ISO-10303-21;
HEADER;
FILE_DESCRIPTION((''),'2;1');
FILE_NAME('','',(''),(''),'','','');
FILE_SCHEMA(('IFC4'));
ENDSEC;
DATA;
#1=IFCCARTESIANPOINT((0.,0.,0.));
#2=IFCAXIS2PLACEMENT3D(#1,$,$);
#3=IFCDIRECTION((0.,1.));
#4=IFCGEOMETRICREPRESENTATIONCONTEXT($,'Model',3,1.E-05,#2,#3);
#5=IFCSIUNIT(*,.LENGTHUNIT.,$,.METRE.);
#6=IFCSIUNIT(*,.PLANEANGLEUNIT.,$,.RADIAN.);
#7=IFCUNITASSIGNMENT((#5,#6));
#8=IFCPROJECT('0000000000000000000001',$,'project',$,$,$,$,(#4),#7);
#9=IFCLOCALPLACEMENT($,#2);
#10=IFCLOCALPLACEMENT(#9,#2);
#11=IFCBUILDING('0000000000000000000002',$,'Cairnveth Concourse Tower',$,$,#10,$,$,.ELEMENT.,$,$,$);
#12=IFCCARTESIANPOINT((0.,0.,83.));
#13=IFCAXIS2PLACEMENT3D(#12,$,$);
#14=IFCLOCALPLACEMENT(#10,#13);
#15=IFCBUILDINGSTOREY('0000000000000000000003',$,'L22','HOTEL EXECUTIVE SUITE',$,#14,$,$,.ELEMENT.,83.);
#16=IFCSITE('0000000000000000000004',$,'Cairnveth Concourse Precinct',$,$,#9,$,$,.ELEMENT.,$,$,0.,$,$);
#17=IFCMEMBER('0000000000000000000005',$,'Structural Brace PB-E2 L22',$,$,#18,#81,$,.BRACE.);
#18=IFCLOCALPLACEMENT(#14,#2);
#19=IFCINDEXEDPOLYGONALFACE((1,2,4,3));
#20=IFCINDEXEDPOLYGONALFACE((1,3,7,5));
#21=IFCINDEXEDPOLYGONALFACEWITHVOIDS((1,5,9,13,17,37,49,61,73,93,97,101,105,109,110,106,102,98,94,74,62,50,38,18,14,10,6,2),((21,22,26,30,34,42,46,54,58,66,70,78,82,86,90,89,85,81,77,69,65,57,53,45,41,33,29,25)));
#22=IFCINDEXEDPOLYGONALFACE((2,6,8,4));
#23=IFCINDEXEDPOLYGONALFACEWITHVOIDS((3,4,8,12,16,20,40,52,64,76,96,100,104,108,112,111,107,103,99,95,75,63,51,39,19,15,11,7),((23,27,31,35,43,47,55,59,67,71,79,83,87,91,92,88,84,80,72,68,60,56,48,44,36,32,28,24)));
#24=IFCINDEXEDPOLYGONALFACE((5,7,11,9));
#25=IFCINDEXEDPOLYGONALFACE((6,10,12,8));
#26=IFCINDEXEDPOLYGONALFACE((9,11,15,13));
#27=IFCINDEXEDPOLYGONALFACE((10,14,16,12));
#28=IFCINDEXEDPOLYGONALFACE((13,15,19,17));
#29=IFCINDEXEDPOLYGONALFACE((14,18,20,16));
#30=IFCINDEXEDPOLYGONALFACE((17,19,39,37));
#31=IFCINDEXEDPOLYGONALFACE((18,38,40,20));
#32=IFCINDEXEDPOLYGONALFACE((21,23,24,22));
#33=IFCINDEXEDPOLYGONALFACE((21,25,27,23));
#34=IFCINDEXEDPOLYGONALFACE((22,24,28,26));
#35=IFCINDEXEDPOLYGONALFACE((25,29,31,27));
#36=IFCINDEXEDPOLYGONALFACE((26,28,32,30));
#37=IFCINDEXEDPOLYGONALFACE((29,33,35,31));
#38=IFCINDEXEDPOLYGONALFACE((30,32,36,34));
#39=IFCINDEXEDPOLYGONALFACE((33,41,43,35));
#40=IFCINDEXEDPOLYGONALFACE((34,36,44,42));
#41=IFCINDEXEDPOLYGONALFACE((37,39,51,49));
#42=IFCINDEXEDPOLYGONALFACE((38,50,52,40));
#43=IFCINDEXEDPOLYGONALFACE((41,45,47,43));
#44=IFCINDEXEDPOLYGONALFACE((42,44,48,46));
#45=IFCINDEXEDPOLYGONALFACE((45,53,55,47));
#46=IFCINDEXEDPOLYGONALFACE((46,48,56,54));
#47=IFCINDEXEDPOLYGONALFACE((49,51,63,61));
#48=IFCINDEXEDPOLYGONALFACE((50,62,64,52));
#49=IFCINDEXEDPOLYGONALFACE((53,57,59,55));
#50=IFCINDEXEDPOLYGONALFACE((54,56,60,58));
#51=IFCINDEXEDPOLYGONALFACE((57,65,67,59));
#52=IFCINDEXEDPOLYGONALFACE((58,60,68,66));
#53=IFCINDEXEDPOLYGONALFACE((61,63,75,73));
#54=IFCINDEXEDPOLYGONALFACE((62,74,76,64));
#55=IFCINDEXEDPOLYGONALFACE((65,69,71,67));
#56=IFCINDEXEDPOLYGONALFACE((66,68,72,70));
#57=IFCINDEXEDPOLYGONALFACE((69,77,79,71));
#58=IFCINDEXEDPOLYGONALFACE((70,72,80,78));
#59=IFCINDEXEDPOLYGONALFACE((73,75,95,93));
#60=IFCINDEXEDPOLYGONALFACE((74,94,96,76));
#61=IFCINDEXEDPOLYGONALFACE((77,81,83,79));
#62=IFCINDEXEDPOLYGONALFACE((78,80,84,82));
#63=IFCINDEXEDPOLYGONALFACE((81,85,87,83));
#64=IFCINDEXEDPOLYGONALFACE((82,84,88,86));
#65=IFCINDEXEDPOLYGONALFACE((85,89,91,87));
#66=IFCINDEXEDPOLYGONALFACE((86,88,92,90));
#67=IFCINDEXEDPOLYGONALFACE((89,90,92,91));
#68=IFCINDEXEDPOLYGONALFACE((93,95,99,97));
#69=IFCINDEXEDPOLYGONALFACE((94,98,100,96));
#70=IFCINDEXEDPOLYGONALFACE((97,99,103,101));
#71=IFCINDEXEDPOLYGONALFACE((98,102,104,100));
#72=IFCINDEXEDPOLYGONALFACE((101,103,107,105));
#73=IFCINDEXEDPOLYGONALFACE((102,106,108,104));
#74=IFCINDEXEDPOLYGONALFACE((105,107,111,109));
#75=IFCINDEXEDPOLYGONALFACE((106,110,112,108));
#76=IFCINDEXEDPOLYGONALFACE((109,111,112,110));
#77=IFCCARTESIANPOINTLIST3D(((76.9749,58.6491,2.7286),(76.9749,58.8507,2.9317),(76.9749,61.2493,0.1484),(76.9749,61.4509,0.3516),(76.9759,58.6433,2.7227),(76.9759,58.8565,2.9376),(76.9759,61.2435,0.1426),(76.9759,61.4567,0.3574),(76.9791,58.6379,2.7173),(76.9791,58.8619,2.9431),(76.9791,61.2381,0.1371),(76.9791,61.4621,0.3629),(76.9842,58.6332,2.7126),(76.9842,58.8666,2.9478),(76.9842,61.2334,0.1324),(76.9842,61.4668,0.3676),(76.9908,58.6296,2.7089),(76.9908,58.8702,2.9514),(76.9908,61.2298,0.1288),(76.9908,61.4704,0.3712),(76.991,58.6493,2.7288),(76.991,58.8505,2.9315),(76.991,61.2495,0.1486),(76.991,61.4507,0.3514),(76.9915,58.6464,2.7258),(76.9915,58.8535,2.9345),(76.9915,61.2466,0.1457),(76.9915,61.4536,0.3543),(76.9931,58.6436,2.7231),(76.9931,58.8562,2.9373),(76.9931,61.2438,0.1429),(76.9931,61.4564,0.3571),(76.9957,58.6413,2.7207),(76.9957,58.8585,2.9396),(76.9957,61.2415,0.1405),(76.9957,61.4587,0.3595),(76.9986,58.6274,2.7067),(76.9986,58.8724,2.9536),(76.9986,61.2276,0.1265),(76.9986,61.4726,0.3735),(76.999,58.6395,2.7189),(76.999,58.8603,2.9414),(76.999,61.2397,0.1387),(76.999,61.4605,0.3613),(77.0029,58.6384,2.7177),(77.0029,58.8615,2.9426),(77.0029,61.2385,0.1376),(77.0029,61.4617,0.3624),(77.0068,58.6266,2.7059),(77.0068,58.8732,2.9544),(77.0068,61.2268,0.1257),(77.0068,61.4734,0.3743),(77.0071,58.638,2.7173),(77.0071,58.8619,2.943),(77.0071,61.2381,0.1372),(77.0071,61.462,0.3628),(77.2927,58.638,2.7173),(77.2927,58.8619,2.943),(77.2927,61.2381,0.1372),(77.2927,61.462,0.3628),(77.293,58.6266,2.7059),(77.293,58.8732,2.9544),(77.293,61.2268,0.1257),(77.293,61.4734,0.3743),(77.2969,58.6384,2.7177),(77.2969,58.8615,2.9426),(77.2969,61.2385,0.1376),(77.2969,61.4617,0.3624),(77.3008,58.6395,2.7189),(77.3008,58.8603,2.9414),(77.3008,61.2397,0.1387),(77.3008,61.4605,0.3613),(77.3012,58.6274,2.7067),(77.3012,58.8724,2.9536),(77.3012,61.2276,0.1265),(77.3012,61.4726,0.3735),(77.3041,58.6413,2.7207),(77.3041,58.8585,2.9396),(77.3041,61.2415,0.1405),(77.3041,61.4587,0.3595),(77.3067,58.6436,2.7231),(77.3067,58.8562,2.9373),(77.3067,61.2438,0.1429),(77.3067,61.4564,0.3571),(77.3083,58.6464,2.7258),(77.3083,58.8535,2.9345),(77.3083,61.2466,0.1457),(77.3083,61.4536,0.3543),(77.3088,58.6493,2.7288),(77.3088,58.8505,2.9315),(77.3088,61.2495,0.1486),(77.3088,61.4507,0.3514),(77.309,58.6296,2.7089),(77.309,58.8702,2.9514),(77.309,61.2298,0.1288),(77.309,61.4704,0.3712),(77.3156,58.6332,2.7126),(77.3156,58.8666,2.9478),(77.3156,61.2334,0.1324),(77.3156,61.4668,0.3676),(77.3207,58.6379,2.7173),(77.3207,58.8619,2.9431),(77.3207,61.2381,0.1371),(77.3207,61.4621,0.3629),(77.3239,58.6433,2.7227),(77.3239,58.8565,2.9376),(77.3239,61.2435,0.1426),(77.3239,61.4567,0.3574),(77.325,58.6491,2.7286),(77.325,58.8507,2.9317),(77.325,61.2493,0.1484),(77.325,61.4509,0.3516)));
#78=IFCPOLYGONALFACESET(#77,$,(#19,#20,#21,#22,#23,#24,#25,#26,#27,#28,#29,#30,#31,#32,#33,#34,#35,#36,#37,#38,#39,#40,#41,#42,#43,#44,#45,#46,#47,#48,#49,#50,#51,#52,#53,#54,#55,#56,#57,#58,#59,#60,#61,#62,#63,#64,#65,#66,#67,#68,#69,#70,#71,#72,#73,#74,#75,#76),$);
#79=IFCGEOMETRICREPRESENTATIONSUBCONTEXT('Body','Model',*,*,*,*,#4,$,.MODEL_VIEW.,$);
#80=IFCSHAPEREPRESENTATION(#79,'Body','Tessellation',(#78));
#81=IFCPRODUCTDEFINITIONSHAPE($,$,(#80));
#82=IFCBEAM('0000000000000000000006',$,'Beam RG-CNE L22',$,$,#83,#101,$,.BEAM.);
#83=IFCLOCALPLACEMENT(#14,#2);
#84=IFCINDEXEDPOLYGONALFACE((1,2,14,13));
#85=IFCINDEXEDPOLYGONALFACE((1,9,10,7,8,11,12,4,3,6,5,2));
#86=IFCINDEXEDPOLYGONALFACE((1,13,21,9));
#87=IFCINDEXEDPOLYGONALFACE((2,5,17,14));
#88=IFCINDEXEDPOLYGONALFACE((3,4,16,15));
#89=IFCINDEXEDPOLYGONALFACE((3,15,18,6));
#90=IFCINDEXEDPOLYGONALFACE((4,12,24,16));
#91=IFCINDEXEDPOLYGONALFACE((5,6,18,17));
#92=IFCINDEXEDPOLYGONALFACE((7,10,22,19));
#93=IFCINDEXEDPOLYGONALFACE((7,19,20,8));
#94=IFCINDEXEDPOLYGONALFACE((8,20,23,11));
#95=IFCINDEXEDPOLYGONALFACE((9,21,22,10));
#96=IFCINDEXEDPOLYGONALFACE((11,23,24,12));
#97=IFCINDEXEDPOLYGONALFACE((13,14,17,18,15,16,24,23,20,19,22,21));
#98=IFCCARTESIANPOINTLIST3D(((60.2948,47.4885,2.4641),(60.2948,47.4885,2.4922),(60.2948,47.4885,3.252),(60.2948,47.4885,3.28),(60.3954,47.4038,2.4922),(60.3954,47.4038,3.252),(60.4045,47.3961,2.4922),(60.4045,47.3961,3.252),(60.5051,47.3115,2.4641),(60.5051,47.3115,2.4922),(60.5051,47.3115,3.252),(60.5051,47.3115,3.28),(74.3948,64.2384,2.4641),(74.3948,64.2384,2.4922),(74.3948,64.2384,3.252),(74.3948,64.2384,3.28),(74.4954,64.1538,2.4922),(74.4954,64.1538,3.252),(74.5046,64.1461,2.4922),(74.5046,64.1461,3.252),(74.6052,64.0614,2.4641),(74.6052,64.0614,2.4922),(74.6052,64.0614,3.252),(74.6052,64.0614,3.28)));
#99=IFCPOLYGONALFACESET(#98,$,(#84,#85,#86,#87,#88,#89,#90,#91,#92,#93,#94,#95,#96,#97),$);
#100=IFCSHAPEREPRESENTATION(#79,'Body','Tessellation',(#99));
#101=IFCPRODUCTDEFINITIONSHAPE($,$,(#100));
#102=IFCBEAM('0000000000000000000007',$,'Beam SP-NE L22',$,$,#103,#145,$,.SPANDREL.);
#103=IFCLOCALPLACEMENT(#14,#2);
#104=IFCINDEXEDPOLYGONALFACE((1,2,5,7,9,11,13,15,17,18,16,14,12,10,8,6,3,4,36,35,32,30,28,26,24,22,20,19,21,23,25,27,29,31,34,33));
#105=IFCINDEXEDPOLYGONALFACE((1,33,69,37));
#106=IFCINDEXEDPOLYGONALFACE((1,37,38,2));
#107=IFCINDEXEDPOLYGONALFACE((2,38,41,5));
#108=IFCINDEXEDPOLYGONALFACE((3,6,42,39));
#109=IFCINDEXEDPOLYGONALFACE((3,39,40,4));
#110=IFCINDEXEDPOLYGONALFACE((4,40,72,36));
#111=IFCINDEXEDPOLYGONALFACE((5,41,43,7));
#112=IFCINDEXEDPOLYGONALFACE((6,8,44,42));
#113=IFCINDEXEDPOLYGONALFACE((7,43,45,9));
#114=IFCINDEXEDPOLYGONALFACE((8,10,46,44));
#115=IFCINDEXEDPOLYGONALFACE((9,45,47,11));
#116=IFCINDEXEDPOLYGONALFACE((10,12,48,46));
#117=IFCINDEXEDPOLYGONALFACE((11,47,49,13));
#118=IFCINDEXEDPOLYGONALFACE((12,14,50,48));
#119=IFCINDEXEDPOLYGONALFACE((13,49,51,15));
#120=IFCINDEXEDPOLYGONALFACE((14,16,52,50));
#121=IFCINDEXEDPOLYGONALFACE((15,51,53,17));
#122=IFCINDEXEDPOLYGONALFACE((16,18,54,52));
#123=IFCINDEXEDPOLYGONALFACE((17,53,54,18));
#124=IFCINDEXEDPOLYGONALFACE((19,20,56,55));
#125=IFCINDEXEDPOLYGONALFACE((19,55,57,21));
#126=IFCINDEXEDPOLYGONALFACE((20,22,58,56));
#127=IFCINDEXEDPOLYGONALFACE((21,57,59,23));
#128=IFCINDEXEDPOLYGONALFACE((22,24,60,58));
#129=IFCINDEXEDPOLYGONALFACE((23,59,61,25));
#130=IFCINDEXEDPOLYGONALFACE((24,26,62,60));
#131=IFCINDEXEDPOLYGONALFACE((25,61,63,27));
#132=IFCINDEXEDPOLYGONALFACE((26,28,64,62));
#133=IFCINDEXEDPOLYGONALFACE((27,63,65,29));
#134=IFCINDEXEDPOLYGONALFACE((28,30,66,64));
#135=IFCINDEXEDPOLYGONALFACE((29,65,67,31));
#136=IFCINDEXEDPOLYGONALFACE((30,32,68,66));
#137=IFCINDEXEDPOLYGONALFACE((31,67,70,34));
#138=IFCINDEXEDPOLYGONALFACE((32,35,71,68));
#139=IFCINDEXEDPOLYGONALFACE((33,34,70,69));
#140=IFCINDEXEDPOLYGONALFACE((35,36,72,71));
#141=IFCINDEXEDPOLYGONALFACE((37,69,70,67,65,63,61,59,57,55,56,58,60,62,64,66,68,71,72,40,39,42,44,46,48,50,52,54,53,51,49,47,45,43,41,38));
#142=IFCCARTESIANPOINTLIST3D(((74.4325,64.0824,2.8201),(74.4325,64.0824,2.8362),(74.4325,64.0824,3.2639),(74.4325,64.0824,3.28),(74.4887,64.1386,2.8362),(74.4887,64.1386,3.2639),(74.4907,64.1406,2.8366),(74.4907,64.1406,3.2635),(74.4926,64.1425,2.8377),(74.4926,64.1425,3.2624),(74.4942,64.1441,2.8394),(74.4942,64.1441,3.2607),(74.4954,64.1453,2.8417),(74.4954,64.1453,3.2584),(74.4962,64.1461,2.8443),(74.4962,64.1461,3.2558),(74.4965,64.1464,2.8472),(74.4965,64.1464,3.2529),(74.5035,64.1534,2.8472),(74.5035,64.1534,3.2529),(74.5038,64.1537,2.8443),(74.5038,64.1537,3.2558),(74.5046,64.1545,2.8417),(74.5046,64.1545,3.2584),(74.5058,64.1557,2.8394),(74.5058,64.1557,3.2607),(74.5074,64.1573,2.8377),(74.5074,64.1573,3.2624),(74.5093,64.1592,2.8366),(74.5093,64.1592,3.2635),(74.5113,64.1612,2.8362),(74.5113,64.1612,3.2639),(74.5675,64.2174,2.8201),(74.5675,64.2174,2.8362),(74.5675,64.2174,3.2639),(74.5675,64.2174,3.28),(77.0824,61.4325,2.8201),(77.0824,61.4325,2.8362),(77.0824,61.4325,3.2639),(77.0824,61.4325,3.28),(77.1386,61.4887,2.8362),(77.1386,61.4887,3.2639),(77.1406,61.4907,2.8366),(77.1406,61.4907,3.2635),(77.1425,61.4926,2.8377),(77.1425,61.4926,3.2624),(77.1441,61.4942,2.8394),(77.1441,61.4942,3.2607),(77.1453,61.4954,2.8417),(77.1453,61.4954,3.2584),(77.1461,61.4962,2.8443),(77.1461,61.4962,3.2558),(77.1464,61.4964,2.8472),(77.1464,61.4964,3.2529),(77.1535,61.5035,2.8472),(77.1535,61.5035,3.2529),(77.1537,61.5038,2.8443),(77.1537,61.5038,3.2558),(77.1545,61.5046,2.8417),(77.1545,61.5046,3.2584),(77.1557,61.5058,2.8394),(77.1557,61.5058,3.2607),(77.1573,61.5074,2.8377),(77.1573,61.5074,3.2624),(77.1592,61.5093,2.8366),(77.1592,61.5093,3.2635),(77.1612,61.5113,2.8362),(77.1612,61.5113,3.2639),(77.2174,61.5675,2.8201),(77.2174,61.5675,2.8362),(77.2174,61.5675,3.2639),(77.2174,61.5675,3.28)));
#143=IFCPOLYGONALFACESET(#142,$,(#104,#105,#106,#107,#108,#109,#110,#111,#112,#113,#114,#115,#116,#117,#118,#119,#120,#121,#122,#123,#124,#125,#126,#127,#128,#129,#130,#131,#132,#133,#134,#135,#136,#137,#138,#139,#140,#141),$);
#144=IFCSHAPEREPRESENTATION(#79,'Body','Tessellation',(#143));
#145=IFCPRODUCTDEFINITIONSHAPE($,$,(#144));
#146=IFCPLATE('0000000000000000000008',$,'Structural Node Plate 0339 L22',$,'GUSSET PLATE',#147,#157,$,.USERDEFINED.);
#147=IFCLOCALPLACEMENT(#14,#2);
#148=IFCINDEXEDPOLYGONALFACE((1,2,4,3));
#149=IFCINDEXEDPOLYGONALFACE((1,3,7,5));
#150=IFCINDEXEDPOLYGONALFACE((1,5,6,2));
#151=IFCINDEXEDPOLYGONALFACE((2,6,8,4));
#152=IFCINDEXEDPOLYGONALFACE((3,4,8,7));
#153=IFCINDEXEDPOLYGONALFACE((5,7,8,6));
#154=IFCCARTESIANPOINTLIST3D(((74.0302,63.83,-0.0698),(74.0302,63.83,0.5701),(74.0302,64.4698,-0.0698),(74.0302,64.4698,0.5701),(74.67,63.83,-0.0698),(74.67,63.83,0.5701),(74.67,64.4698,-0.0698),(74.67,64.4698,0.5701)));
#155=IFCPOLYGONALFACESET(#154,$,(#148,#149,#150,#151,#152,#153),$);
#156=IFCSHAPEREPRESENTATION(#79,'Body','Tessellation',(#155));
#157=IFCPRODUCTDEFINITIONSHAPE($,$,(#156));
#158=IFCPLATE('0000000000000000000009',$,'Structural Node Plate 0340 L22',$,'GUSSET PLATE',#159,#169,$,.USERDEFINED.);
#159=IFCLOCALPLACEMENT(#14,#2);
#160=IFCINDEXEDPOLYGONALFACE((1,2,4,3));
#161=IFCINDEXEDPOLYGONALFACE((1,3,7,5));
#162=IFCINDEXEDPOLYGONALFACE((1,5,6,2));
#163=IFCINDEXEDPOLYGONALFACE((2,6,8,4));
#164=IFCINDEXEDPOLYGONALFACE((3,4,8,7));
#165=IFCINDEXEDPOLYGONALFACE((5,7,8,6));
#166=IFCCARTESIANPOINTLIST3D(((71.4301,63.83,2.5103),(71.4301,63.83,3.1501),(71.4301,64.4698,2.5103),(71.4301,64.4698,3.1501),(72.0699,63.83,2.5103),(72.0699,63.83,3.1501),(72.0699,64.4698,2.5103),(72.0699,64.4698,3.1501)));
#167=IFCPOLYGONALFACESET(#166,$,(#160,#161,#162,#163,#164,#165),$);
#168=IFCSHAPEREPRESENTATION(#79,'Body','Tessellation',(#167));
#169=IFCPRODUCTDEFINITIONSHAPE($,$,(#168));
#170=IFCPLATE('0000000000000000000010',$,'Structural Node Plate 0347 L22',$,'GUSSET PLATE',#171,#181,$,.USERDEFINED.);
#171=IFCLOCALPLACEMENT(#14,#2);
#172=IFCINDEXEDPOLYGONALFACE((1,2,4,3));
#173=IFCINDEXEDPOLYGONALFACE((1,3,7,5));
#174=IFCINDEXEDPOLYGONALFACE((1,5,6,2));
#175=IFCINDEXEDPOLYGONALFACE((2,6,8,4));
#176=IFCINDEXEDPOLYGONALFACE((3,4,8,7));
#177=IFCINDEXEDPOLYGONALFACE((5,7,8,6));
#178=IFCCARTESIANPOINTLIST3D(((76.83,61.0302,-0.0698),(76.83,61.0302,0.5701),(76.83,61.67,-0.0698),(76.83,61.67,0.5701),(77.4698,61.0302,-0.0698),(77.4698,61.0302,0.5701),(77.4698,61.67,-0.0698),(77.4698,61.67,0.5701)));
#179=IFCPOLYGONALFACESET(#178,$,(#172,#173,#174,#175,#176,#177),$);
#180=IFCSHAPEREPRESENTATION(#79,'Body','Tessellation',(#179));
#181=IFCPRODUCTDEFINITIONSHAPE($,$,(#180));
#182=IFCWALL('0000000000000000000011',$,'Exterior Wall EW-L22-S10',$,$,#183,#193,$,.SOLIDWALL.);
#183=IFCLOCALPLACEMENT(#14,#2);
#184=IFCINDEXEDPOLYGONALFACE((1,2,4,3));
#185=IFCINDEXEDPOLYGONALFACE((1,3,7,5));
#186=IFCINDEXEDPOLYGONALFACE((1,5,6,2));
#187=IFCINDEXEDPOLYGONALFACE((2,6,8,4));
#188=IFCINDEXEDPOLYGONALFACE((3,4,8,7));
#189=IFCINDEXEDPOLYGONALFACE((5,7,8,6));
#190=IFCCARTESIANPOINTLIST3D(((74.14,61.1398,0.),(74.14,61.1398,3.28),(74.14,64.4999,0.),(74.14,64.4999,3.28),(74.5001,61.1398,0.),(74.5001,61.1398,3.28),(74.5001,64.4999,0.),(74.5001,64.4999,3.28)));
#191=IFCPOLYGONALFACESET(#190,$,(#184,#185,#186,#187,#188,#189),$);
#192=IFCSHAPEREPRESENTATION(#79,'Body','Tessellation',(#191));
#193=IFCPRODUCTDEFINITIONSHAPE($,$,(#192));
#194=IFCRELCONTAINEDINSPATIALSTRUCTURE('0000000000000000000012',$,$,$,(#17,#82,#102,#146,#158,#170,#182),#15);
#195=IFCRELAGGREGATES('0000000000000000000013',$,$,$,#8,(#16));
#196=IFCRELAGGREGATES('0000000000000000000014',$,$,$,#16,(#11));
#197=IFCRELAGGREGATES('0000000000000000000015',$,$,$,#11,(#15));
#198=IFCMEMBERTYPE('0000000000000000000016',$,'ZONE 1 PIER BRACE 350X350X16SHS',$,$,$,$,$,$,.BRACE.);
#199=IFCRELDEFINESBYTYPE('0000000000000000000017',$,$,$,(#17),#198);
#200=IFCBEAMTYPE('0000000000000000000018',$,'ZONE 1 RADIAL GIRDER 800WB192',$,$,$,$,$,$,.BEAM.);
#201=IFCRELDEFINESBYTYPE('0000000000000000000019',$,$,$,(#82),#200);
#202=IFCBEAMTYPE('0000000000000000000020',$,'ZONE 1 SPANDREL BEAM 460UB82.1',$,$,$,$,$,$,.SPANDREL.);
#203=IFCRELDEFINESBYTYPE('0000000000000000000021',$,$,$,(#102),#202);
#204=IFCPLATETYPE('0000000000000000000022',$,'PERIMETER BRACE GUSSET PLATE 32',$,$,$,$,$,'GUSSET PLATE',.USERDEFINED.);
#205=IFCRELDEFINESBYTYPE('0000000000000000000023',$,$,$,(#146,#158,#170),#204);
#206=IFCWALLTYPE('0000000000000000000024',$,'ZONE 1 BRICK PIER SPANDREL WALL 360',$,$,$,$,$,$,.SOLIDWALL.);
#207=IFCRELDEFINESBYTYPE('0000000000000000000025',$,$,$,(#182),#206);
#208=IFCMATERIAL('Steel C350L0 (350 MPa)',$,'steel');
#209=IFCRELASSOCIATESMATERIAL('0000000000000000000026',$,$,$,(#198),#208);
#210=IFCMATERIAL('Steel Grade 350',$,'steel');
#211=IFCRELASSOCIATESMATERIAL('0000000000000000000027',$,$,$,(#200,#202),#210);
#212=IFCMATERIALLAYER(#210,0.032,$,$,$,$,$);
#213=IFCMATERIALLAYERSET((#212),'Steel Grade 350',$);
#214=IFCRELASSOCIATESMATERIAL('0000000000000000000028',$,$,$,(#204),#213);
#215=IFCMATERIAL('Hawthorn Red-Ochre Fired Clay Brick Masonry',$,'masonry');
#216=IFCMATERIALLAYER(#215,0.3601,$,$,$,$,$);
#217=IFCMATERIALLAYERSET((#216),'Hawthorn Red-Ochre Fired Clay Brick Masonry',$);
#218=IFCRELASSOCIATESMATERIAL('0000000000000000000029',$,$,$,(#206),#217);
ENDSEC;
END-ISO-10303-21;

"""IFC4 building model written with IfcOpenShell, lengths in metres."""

from ifc_helpers import new_model, si_unit, direction, frame, frame_2d, origin, origin_2d, place, context, subcontext, project, spatial, rectangle, hollow_rectangle, i_section, extrude, material, layer, layer_set, material_profile, profile_set, type_object, element, save


model = new_model("IFC4")

# Units and contexts
model_context = context("Model", 3, precision=1e-05, world=origin(), true_north=direction((0.0, 1.0)))
body_context = subcontext(model_context, "Body", "Model", "MODEL_VIEW")
ifc_project = project(units=[si_unit("LENGTHUNIT", "METRE"), si_unit("PLANEANGLEUNIT", "RADIAN")], contexts=[model_context])

# Site, building, storey
site_placement = place(None, origin())
site = spatial("IfcSite", under=ifc_project, at=site_placement, Name="Cairnveth Concourse Precinct", CompositionType="ELEMENT", RefElevation=0.0)
building_placement = place(site_placement, origin())
building = spatial("IfcBuilding", under=site, at=building_placement, Name="Cairnveth Concourse Tower", CompositionType="ELEMENT")
storey_placement = place(building_placement, frame((0.0, 0.0, 83.0)))
storey = spatial("IfcBuildingStorey", under=building, at=storey_placement, Name="L22", Description="HOTEL EXECUTIVE SUITE", CompositionType="ELEMENT", Elevation=83.0)

# Shared definitions
ifc_material_1 = material(Name="Steel Grade 350", Category="steel")

# Member
ifc_material_2 = material(Name="Steel C350L0 (350 MPa)", Category="steel")
ifc_material_profile_1 = material_profile(ifc_material_2, hollow_rectangle(XDim=0.3501, YDim=0.3501, WallThickness=0.0161, InnerFilletRadius=0.0161, OuterFilletRadius=0.032, at=origin_2d()), Name="350x350x16.0SHS")
ifc_profile_set_1 = profile_set([ifc_material_profile_1], Name="Steel C350L0 (350 MPa)")
member_type = type_object("IfcMemberType", Name="ZONE 1 PIER BRACE 350X350X16SHS", PredefinedType="BRACE", material=ifc_profile_set_1)
for number, where, z_axis, x_axis, name in (
    (1, (77.1499, 61.3501, 0.25), (0.0, -0.709834, 0.704369), (1.0, 0.0, 0.0), "Structural Brace PB-E2 L22"),
):
    element("IfcMember", number, at=place(storey_placement, frame(where, z_axis=z_axis, x_axis=x_axis)), inside=storey, type_object=member_type, Name=name, PredefinedType="BRACE", context=body_context, shape_type="SweptSolid", body=[
        extrude(hollow_rectangle(XDim=0.3501, YDim=0.3501, WallThickness=0.0161, InnerFilletRadius=0.0161, OuterFilletRadius=0.032, at=origin_2d()), origin(), (0.0, 0.0, 1.0), 3.6631),
    ])

# Beams
ifc_material_profile_2 = material_profile(ifc_material_1, i_section(OverallWidth=0.2749, OverallDepth=0.8159, WebThickness=0.012, FlangeThickness=0.0281, at=origin_2d()), Name="800WB192")
ifc_profile_set_2 = profile_set([ifc_material_profile_2], Name="Steel Grade 350")
beam_type_1 = type_object("IfcBeamType", Name="ZONE 1 RADIAL GIRDER 800WB192", PredefinedType="BEAM", material=ifc_profile_set_2)
beam_1_placement = place(storey_placement, frame((74.5, 64.1499, 2.8721), z_axis=(-0.643998, -0.765027, 0.0), x_axis=(0.765027, -0.643998, 0.0)))
element("IfcBeam", 2, at=beam_1_placement, inside=storey, type_object=beam_type_1, Name="Beam RG-CNE L22", PredefinedType="BEAM", context=body_context, shape_type="SweptSolid", body=[
    extrude(i_section(OverallWidth=0.2749, OverallDepth=0.8159, WebThickness=0.012, FlangeThickness=0.0281, at=origin_2d()), origin(), (0.0, 0.0, 1.0), 21.8945),
])
ifc_material_profile_3 = material_profile(ifc_material_1, i_section(OverallWidth=0.1909, OverallDepth=0.46, WebThickness=0.01, FlangeThickness=0.0161, FilletRadius=0.011, at=origin_2d()), Name="460UB82.1")
ifc_profile_set_3 = profile_set([ifc_material_profile_3], Name="Steel Grade 350")
beam_type_2 = type_object("IfcBeamType", Name="ZONE 1 SPANDREL BEAM 460UB82.1", PredefinedType="SPANDREL", material=ifc_profile_set_3)
beam_2_placement = place(storey_placement, frame((74.5, 64.1499, 3.05), z_axis=(0.707107, -0.707107, 0.0), x_axis=(0.707107, 0.707107, 0.0)))
element("IfcBeam", 3, at=beam_2_placement, inside=storey, type_object=beam_type_2, Name="Beam SP-NE L22", PredefinedType="SPANDREL", context=body_context, shape_type="SweptSolid", body=[
    extrude(i_section(OverallWidth=0.1909, OverallDepth=0.46, WebThickness=0.01, FlangeThickness=0.0161, FilletRadius=0.011, at=origin_2d()), origin(), (0.0, 0.0, 1.0), 3.7476),
])

# Plates
ifc_layer_1 = layer(ifc_material_1, 0.032)
ifc_layer_set_1 = layer_set([ifc_layer_1], Name="Steel Grade 350")
plate_type = type_object("IfcPlateType", Name="PERIMETER BRACE GUSSET PLATE 32", ElementType="GUSSET PLATE", PredefinedType="USERDEFINED", material=ifc_layer_set_1)
for number, where, z_axis, x_axis, name in (
    (4, (74.3501, 64.1499, -0.0698), (0.0, 0.0, 1.0), (1.0, 0.0, 0.0), "Structural Node Plate 0339 L22"),
    (5, (71.75, 64.1499, 2.5103), (0.0, 0.0, 1.0), (1.0, 0.0, 0.0), "Structural Node Plate 0340 L22"),
    (6, (77.1499, 61.3501, -0.0698), (0.0, 0.0, 1.0), (1.0, 0.0, 0.0), "Structural Node Plate 0347 L22"),
):
    element("IfcPlate", number, at=place(storey_placement, frame(where, z_axis=z_axis, x_axis=x_axis)), inside=storey, type_object=plate_type, Name=name, ObjectType="GUSSET PLATE", PredefinedType="USERDEFINED", context=body_context, shape_type="SweptSolid", body=[
        extrude(rectangle(XDim=0.6399, YDim=0.6399, at=origin_2d()), origin(), (0.0, 0.0, 1.0), 0.6399),
    ])

# Wall
ifc_material_3 = material(Name="Hawthorn Red-Ochre Fired Clay Brick Masonry", Category="masonry")
ifc_layer_2 = layer(ifc_material_3, 0.3601)
ifc_layer_set_2 = layer_set([ifc_layer_2], Name="Hawthorn Red-Ochre Fired Clay Brick Masonry")
wall_type = type_object("IfcWallType", Name="ZONE 1 BRICK PIER SPANDREL WALL 360", PredefinedType="SOLIDWALL", material=ifc_layer_set_2)
wall_1_placement = place(storey_placement, frame((74.3201, 64.5, 0.0), z_axis=(0.0, 0.0, 1.0), x_axis=(0.0, -1.0, 0.0)))
element("IfcWall", 7, at=wall_1_placement, inside=storey, type_object=wall_type, Name="Exterior Wall EW-L22-S10", PredefinedType="SOLIDWALL", context=body_context, shape_type="SweptSolid", body=[
    extrude(rectangle(XDim=3.3601, YDim=0.3601, at=frame_2d((1.6802, 0.0))), origin(), (0.0, 0.0, 1.0), 3.28),
])

save(model, "model.ifc")
